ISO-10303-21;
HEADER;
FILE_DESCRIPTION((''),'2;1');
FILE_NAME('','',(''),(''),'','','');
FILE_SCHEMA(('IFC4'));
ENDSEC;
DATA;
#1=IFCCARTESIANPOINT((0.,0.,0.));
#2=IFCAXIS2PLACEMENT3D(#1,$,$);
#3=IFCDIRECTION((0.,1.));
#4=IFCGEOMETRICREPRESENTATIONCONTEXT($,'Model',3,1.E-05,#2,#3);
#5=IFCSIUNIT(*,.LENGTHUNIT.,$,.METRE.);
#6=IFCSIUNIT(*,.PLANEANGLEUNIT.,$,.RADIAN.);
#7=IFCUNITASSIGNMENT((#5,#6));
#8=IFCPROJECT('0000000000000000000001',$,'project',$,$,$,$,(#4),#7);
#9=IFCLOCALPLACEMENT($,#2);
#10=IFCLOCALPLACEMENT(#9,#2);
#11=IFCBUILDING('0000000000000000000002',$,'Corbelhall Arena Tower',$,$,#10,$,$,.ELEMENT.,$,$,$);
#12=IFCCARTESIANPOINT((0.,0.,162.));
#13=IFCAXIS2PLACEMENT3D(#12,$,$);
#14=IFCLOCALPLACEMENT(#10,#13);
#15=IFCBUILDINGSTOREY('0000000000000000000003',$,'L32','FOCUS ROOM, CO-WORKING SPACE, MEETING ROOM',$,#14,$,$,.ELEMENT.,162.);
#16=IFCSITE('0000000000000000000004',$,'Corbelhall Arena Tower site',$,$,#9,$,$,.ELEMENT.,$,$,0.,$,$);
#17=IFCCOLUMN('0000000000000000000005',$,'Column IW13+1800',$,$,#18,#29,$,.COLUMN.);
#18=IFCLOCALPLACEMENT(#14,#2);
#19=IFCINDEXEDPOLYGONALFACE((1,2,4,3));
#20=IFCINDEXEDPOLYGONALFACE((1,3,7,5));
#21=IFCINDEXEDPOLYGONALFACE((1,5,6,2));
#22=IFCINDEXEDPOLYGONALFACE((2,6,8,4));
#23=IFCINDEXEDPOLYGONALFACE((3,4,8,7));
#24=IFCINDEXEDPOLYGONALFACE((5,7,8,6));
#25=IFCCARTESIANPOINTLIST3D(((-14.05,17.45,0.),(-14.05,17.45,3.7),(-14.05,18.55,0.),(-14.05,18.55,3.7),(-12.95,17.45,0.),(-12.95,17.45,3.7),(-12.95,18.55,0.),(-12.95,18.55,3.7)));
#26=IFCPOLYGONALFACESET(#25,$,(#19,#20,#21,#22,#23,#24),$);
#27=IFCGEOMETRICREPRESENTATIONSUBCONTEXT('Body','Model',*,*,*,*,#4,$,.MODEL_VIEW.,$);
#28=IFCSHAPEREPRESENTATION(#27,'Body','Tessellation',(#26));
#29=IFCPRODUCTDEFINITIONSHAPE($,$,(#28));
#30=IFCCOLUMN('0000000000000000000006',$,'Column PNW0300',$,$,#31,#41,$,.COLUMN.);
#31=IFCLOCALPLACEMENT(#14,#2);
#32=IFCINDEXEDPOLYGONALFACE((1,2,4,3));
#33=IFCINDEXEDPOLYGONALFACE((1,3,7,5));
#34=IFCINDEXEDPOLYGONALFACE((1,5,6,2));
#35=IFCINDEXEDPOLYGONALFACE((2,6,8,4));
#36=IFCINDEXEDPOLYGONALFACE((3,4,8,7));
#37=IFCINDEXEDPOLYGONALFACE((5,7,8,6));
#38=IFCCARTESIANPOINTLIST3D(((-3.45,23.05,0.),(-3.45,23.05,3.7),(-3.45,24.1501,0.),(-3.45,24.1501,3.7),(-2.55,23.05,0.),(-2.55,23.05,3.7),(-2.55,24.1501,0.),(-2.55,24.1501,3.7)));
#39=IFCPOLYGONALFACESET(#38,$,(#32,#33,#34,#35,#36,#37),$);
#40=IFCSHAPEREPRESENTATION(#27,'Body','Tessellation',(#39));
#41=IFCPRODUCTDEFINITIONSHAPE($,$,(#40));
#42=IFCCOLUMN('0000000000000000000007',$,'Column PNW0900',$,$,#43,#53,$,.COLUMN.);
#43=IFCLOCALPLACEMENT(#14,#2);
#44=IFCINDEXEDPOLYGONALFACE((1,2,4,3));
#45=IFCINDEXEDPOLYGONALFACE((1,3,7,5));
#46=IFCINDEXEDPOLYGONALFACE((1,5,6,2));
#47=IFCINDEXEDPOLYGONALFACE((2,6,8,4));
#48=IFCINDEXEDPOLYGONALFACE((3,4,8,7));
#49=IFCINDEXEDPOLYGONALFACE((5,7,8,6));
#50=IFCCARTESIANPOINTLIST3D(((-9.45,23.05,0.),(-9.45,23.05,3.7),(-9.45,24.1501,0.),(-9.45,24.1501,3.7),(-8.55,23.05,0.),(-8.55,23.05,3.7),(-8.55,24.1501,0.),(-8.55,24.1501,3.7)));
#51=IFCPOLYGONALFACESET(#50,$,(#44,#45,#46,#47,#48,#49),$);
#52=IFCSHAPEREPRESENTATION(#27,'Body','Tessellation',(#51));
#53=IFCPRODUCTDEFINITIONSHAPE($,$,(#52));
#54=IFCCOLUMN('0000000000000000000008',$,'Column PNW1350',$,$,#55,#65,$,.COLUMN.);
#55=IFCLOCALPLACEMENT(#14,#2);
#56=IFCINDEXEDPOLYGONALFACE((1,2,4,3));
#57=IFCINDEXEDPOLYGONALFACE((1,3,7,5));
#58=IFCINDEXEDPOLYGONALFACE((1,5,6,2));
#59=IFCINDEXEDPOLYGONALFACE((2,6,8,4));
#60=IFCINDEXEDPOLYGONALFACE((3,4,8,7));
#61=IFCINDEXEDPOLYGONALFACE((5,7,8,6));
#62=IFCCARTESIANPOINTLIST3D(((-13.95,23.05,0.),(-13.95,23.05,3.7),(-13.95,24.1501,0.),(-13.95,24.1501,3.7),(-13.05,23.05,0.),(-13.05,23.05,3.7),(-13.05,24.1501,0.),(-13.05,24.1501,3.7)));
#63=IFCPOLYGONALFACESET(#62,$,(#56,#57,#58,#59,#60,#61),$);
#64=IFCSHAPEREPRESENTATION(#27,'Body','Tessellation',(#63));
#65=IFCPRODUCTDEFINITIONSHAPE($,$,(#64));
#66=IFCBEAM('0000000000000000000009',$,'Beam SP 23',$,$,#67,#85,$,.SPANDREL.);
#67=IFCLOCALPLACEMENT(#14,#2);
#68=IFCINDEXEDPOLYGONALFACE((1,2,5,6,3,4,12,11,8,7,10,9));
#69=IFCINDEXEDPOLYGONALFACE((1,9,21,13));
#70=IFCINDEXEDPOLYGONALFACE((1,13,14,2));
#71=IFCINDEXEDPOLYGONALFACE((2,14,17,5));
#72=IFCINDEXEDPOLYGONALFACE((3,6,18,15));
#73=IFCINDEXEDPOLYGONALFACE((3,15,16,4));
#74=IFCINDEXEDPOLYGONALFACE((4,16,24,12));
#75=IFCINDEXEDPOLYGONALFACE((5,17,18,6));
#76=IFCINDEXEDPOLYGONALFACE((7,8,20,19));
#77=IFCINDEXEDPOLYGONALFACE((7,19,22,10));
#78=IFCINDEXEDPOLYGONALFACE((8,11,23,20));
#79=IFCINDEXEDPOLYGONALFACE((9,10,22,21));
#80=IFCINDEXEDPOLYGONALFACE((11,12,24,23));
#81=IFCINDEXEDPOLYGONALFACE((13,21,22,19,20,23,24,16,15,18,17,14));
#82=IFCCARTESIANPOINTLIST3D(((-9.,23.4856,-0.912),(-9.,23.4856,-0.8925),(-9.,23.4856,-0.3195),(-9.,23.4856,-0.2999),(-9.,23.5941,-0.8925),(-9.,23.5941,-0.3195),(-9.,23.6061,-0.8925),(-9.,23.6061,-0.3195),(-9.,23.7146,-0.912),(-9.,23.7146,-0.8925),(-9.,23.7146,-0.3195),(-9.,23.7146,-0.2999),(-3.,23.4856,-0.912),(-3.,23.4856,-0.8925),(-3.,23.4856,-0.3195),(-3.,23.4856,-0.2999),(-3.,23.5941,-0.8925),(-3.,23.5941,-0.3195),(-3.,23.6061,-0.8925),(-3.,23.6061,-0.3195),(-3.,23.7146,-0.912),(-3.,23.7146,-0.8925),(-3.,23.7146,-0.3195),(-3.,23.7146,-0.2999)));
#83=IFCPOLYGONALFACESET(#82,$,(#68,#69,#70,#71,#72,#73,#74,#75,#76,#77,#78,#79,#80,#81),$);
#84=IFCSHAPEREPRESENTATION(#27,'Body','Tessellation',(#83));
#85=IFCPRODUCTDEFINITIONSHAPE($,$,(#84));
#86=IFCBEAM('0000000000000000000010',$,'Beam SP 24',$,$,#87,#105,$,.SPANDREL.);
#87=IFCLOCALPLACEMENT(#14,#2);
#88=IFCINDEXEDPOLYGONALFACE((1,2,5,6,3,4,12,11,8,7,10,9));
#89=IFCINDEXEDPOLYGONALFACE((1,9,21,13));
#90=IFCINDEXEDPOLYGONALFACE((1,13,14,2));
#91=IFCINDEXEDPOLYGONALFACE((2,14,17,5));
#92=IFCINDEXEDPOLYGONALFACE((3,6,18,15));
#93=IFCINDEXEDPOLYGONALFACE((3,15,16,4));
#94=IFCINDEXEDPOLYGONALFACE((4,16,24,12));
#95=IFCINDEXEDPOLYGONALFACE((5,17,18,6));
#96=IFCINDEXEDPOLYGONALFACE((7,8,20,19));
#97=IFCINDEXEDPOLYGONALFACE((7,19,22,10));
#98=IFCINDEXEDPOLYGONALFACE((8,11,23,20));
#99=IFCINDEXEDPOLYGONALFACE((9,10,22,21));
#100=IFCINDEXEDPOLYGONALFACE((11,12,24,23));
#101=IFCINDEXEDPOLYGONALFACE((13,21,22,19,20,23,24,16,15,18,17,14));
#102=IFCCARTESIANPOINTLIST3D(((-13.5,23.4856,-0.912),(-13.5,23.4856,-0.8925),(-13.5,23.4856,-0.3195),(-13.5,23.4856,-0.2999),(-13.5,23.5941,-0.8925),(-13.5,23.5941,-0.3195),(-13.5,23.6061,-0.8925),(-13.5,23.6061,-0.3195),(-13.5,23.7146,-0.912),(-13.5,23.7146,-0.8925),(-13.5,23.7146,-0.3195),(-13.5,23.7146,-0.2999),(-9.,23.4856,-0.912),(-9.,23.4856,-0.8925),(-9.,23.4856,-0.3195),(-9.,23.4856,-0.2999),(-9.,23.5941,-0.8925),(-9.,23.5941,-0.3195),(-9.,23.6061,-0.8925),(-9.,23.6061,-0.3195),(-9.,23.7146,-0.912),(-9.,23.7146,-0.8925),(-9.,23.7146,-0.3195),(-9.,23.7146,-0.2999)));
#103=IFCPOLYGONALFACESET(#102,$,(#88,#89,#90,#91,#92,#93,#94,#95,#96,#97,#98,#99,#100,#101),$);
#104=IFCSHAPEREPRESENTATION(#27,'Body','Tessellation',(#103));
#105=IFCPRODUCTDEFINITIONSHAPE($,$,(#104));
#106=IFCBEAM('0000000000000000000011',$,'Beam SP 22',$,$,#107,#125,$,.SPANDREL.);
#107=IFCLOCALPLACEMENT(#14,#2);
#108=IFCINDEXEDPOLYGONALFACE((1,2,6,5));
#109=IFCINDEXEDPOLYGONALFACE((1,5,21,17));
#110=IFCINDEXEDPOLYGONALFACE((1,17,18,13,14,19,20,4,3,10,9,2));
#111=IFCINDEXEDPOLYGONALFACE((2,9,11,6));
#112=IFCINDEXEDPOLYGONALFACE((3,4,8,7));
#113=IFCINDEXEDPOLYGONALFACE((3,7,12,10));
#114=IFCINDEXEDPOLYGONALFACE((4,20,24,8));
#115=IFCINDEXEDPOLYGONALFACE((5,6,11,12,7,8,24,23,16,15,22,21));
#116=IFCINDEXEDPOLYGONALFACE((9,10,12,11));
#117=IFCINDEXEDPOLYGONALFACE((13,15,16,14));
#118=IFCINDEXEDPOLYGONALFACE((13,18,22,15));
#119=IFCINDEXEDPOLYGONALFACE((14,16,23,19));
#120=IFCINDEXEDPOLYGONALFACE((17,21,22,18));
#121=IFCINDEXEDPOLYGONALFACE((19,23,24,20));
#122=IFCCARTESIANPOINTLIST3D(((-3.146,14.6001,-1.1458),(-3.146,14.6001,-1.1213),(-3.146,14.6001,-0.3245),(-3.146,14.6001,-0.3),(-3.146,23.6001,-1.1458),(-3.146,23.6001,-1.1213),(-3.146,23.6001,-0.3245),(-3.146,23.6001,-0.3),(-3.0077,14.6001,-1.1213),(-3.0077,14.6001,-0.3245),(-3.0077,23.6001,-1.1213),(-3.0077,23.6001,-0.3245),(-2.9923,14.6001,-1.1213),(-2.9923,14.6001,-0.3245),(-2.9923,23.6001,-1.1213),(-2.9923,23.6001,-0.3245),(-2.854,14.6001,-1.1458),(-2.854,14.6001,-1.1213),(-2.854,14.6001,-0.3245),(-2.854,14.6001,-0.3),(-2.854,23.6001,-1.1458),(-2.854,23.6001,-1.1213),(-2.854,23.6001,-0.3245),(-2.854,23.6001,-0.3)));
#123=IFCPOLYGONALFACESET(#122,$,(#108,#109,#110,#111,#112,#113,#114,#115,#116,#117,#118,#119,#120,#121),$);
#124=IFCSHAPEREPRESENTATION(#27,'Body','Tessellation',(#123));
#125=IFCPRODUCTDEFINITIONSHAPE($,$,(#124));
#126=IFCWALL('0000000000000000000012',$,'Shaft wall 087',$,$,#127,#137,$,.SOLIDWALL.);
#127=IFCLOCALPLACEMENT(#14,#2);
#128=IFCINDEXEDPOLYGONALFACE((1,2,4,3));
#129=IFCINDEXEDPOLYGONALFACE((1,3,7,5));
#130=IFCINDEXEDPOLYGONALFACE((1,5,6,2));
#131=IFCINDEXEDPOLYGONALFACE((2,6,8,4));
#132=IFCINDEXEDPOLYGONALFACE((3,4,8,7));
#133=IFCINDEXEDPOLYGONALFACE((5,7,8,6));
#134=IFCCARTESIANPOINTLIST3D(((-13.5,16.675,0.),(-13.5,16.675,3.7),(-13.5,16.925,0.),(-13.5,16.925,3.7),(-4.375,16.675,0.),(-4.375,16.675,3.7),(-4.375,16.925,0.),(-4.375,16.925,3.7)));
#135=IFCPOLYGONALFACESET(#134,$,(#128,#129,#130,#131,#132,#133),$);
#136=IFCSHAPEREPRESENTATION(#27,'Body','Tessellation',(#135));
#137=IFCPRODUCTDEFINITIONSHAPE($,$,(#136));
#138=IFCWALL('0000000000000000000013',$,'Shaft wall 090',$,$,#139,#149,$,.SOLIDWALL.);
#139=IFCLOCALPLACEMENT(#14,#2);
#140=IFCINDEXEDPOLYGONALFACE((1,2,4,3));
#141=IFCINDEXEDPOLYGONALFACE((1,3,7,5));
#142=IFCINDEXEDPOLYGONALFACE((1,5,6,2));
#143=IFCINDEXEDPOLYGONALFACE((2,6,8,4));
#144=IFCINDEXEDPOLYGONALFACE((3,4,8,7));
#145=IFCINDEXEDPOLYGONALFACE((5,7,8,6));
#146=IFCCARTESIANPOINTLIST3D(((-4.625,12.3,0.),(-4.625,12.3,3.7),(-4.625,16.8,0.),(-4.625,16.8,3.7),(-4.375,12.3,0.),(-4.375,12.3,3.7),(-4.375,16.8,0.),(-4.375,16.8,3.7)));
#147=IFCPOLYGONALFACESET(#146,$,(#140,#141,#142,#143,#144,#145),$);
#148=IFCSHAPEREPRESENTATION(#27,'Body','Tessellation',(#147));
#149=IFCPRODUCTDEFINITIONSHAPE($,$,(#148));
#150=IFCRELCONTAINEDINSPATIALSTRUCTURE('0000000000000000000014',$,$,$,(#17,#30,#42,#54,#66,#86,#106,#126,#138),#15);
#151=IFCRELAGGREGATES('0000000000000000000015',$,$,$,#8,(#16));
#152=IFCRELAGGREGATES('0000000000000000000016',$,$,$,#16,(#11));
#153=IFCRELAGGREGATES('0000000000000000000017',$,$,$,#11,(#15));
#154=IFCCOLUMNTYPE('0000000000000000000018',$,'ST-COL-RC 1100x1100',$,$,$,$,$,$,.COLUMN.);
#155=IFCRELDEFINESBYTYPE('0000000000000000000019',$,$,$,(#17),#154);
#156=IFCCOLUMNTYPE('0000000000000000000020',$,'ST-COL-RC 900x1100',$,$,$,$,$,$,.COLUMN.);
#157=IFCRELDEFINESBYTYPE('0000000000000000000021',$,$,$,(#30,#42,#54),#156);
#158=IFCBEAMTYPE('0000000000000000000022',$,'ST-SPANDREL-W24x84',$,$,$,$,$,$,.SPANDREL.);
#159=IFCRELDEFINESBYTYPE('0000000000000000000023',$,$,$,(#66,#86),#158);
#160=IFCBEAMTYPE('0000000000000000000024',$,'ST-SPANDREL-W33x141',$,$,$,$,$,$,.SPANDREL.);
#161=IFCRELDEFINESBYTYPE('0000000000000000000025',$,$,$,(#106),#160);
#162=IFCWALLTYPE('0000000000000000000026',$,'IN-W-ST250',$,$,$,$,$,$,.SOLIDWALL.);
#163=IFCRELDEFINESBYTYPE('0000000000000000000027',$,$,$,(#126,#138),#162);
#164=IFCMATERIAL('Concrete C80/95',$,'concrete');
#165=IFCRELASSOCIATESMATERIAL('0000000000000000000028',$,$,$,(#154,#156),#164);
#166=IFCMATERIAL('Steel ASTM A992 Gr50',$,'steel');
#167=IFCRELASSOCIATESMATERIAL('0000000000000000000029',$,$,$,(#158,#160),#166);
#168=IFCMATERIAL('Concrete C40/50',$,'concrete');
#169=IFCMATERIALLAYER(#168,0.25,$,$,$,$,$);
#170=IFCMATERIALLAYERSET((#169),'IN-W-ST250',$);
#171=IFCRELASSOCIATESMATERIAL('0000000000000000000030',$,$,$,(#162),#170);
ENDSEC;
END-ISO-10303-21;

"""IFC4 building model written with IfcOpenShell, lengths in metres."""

from ifc_helpers import new_model, si_unit, direction, frame, frame_2d, origin, origin_2d, place, context, subcontext, project, spatial, rectangle, i_section, extrude, material, layer, layer_set, material_profile, profile_set, type_object, element, save


model = new_model("IFC4")

# Units and contexts
model_context = context("Model", 3, precision=1e-05, world=origin(), true_north=direction((0.0, 1.0)))
body_context = subcontext(model_context, "Body", "Model", "MODEL_VIEW")
ifc_project = project(units=[si_unit("LENGTHUNIT", "METRE"), si_unit("PLANEANGLEUNIT", "RADIAN")], contexts=[model_context])

# Site, building, storey
site_placement = place(None, origin())
site = spatial("IfcSite", under=ifc_project, at=site_placement, Name="Corbelhall Arena Tower site", CompositionType="ELEMENT", RefElevation=0.0)
building_placement = place(site_placement, origin())
building = spatial("IfcBuilding", under=site, at=building_placement, Name="Corbelhall Arena Tower", CompositionType="ELEMENT")
storey_placement = place(building_placement, frame((0.0, 0.0, 162.0)))
storey = spatial("IfcBuildingStorey", under=building, at=storey_placement, Name="L32", Description="FOCUS ROOM, CO-WORKING SPACE, MEETING ROOM", CompositionType="ELEMENT", Elevation=162.0)

# Columns
ifc_material_1 = material(Name="Concrete C80/95", Category="concrete")
ifc_material_profile_1 = material_profile(ifc_material_1, rectangle(XDim=1.1001, YDim=1.1001, at=origin_2d()))
ifc_profile_set_1 = profile_set([ifc_material_profile_1], Name="Concrete C80/95")
column_type_1 = type_object("IfcColumnType", Name="ST-COL-RC 1100x1100", PredefinedType="COLUMN", material=ifc_profile_set_1)
column_placement = place(storey_placement, frame((-13.5, 18.0, 0.0), z_axis=(0.0, 0.0, 1.0), x_axis=(1.0, 0.0, 0.0)))
element("IfcColumn", 1, at=column_placement, inside=storey, type_object=column_type_1, Name="Column IW13+1800", PredefinedType="COLUMN", context=body_context, shape_type="SweptSolid", body=[
    extrude(rectangle(XDim=1.1001, YDim=1.1001, at=origin_2d()), origin(), (0.0, 0.0, 1.0), 3.7),
])
ifc_material_profile_2 = material_profile(ifc_material_1, rectangle(XDim=0.8999, YDim=1.1001, at=origin_2d()))
ifc_profile_set_2 = profile_set([ifc_material_profile_2], Name="Concrete C80/95")
column_type_2 = type_object("IfcColumnType", Name="ST-COL-RC 900x1100", PredefinedType="COLUMN", material=ifc_profile_set_2)
for number, where, z_axis, x_axis, name in (
    (2, (-3.0, 23.6001, 0.0), (0.0, 0.0, 1.0), (1.0, 0.0, 0.0), "Column PNW0300"),
    (3, (-9.0, 23.6001, 0.0), (0.0, 0.0, 1.0), (1.0, 0.0, 0.0), "Column PNW0900"),
    (4, (-13.5, 23.6001, 0.0), (0.0, 0.0, 1.0), (1.0, 0.0, 0.0), "Column PNW1350"),
):
    element("IfcColumn", number, at=place(storey_placement, frame(where, z_axis=z_axis, x_axis=x_axis)), inside=storey, type_object=column_type_2, Name=name, PredefinedType="COLUMN", context=body_context, shape_type="SweptSolid", body=[
        extrude(rectangle(XDim=0.8999, YDim=1.1001, at=origin_2d()), origin(), (0.0, 0.0, 1.0), 3.7),
    ])

# Beams
ifc_material_2 = material(Name="Steel ASTM A992 Gr50", Category="steel")
ifc_material_profile_3 = material_profile(ifc_material_2, i_section(OverallWidth=0.229, OverallDepth=0.6121, WebThickness=0.012, FlangeThickness=0.0195, at=origin_2d()))
ifc_profile_set_3 = profile_set([ifc_material_profile_3], Name="Steel ASTM A992 Gr50")
beam_type_1 = type_object("IfcBeamType", Name="ST-SPANDREL-W24x84", PredefinedType="SPANDREL", material=ifc_profile_set_3)
beam_1_placement = place(storey_placement, frame((-9.0, 23.6001, -0.606), z_axis=(1.0, 0.0, 0.0), x_axis=(0.0, 1.0, 0.0)))
element("IfcBeam", 5, at=beam_1_placement, inside=storey, type_object=beam_type_1, Name="Beam SP 23", PredefinedType="SPANDREL", context=body_context, shape_type="SweptSolid", body=[
    extrude(i_section(OverallWidth=0.229, OverallDepth=0.6121, WebThickness=0.012, FlangeThickness=0.0195, at=origin_2d()), origin(), (0.0, 0.0, 1.0), 6.0),
])
beam_2_placement = place(storey_placement, frame((-13.5, 23.6001, -0.606), z_axis=(1.0, 0.0, 0.0), x_axis=(0.0, 1.0, 0.0)))
element("IfcBeam", 6, at=beam_2_placement, inside=storey, type_object=beam_type_1, Name="Beam SP 24", PredefinedType="SPANDREL", context=body_context, shape_type="SweptSolid", body=[
    extrude(i_section(OverallWidth=0.229, OverallDepth=0.6121, WebThickness=0.012, FlangeThickness=0.0195, at=origin_2d()), origin(), (0.0, 0.0, 1.0), 4.5),
])
ifc_material_profile_4 = material_profile(ifc_material_2, i_section(OverallWidth=0.292, OverallDepth=0.8457, WebThickness=0.0154, FlangeThickness=0.0244, at=origin_2d()))
ifc_profile_set_4 = profile_set([ifc_material_profile_4], Name="Steel ASTM A992 Gr50")
beam_type_2 = type_object("IfcBeamType", Name="ST-SPANDREL-W33x141", PredefinedType="SPANDREL", material=ifc_profile_set_4)
beam_3_placement = place(storey_placement, frame((-3.0, 23.6001, -0.7229), z_axis=(0.0, -1.0, 0.0), x_axis=(1.0, 0.0, 0.0)))
element("IfcBeam", 7, at=beam_3_placement, inside=storey, type_object=beam_type_2, Name="Beam SP 22", PredefinedType="SPANDREL", context=body_context, shape_type="SweptSolid", body=[
    extrude(i_section(OverallWidth=0.292, OverallDepth=0.8457, WebThickness=0.0154, FlangeThickness=0.0244, at=origin_2d()), origin(), (0.0, 0.0, 1.0), 9.0),
])

# Walls
ifc_material_3 = material(Name="Concrete C40/50", Category="concrete")
ifc_layer_1 = layer(ifc_material_3, 0.25)
ifc_layer_set_1 = layer_set([ifc_layer_1], Name="IN-W-ST250")
wall_type_1 = type_object("IfcWallType", Name="IN-W-ST250", PredefinedType="SOLIDWALL", material=ifc_layer_set_1)
wall_1_placement = place(storey_placement, frame((-13.5, 16.8, 0.0), z_axis=(0.0, 0.0, 1.0), x_axis=(1.0, 0.0, 0.0)))
element("IfcWall", 8, at=wall_1_placement, inside=storey, type_object=wall_type_1, Name="Shaft wall 087", PredefinedType="SOLIDWALL", context=body_context, shape_type="SweptSolid", body=[
    extrude(rectangle(XDim=9.125, YDim=0.25, at=frame_2d((4.5625, 0.0))), origin(), (0.0, 0.0, 1.0), 3.7),
])
wall_2_placement = place(storey_placement, frame((-4.5, 16.8, 0.0), z_axis=(0.0, 0.0, 1.0), x_axis=(0.0, -1.0, 0.0)))
element("IfcWall", 9, at=wall_2_placement, inside=storey, type_object=wall_type_1, Name="Shaft wall 090", PredefinedType="SOLIDWALL", context=body_context, shape_type="SweptSolid", body=[
    extrude(rectangle(XDim=4.5, YDim=0.25, at=frame_2d((2.25, 0.0))), origin(), (0.0, 0.0, 1.0), 3.7),
])

save(model, "model.ifc")
